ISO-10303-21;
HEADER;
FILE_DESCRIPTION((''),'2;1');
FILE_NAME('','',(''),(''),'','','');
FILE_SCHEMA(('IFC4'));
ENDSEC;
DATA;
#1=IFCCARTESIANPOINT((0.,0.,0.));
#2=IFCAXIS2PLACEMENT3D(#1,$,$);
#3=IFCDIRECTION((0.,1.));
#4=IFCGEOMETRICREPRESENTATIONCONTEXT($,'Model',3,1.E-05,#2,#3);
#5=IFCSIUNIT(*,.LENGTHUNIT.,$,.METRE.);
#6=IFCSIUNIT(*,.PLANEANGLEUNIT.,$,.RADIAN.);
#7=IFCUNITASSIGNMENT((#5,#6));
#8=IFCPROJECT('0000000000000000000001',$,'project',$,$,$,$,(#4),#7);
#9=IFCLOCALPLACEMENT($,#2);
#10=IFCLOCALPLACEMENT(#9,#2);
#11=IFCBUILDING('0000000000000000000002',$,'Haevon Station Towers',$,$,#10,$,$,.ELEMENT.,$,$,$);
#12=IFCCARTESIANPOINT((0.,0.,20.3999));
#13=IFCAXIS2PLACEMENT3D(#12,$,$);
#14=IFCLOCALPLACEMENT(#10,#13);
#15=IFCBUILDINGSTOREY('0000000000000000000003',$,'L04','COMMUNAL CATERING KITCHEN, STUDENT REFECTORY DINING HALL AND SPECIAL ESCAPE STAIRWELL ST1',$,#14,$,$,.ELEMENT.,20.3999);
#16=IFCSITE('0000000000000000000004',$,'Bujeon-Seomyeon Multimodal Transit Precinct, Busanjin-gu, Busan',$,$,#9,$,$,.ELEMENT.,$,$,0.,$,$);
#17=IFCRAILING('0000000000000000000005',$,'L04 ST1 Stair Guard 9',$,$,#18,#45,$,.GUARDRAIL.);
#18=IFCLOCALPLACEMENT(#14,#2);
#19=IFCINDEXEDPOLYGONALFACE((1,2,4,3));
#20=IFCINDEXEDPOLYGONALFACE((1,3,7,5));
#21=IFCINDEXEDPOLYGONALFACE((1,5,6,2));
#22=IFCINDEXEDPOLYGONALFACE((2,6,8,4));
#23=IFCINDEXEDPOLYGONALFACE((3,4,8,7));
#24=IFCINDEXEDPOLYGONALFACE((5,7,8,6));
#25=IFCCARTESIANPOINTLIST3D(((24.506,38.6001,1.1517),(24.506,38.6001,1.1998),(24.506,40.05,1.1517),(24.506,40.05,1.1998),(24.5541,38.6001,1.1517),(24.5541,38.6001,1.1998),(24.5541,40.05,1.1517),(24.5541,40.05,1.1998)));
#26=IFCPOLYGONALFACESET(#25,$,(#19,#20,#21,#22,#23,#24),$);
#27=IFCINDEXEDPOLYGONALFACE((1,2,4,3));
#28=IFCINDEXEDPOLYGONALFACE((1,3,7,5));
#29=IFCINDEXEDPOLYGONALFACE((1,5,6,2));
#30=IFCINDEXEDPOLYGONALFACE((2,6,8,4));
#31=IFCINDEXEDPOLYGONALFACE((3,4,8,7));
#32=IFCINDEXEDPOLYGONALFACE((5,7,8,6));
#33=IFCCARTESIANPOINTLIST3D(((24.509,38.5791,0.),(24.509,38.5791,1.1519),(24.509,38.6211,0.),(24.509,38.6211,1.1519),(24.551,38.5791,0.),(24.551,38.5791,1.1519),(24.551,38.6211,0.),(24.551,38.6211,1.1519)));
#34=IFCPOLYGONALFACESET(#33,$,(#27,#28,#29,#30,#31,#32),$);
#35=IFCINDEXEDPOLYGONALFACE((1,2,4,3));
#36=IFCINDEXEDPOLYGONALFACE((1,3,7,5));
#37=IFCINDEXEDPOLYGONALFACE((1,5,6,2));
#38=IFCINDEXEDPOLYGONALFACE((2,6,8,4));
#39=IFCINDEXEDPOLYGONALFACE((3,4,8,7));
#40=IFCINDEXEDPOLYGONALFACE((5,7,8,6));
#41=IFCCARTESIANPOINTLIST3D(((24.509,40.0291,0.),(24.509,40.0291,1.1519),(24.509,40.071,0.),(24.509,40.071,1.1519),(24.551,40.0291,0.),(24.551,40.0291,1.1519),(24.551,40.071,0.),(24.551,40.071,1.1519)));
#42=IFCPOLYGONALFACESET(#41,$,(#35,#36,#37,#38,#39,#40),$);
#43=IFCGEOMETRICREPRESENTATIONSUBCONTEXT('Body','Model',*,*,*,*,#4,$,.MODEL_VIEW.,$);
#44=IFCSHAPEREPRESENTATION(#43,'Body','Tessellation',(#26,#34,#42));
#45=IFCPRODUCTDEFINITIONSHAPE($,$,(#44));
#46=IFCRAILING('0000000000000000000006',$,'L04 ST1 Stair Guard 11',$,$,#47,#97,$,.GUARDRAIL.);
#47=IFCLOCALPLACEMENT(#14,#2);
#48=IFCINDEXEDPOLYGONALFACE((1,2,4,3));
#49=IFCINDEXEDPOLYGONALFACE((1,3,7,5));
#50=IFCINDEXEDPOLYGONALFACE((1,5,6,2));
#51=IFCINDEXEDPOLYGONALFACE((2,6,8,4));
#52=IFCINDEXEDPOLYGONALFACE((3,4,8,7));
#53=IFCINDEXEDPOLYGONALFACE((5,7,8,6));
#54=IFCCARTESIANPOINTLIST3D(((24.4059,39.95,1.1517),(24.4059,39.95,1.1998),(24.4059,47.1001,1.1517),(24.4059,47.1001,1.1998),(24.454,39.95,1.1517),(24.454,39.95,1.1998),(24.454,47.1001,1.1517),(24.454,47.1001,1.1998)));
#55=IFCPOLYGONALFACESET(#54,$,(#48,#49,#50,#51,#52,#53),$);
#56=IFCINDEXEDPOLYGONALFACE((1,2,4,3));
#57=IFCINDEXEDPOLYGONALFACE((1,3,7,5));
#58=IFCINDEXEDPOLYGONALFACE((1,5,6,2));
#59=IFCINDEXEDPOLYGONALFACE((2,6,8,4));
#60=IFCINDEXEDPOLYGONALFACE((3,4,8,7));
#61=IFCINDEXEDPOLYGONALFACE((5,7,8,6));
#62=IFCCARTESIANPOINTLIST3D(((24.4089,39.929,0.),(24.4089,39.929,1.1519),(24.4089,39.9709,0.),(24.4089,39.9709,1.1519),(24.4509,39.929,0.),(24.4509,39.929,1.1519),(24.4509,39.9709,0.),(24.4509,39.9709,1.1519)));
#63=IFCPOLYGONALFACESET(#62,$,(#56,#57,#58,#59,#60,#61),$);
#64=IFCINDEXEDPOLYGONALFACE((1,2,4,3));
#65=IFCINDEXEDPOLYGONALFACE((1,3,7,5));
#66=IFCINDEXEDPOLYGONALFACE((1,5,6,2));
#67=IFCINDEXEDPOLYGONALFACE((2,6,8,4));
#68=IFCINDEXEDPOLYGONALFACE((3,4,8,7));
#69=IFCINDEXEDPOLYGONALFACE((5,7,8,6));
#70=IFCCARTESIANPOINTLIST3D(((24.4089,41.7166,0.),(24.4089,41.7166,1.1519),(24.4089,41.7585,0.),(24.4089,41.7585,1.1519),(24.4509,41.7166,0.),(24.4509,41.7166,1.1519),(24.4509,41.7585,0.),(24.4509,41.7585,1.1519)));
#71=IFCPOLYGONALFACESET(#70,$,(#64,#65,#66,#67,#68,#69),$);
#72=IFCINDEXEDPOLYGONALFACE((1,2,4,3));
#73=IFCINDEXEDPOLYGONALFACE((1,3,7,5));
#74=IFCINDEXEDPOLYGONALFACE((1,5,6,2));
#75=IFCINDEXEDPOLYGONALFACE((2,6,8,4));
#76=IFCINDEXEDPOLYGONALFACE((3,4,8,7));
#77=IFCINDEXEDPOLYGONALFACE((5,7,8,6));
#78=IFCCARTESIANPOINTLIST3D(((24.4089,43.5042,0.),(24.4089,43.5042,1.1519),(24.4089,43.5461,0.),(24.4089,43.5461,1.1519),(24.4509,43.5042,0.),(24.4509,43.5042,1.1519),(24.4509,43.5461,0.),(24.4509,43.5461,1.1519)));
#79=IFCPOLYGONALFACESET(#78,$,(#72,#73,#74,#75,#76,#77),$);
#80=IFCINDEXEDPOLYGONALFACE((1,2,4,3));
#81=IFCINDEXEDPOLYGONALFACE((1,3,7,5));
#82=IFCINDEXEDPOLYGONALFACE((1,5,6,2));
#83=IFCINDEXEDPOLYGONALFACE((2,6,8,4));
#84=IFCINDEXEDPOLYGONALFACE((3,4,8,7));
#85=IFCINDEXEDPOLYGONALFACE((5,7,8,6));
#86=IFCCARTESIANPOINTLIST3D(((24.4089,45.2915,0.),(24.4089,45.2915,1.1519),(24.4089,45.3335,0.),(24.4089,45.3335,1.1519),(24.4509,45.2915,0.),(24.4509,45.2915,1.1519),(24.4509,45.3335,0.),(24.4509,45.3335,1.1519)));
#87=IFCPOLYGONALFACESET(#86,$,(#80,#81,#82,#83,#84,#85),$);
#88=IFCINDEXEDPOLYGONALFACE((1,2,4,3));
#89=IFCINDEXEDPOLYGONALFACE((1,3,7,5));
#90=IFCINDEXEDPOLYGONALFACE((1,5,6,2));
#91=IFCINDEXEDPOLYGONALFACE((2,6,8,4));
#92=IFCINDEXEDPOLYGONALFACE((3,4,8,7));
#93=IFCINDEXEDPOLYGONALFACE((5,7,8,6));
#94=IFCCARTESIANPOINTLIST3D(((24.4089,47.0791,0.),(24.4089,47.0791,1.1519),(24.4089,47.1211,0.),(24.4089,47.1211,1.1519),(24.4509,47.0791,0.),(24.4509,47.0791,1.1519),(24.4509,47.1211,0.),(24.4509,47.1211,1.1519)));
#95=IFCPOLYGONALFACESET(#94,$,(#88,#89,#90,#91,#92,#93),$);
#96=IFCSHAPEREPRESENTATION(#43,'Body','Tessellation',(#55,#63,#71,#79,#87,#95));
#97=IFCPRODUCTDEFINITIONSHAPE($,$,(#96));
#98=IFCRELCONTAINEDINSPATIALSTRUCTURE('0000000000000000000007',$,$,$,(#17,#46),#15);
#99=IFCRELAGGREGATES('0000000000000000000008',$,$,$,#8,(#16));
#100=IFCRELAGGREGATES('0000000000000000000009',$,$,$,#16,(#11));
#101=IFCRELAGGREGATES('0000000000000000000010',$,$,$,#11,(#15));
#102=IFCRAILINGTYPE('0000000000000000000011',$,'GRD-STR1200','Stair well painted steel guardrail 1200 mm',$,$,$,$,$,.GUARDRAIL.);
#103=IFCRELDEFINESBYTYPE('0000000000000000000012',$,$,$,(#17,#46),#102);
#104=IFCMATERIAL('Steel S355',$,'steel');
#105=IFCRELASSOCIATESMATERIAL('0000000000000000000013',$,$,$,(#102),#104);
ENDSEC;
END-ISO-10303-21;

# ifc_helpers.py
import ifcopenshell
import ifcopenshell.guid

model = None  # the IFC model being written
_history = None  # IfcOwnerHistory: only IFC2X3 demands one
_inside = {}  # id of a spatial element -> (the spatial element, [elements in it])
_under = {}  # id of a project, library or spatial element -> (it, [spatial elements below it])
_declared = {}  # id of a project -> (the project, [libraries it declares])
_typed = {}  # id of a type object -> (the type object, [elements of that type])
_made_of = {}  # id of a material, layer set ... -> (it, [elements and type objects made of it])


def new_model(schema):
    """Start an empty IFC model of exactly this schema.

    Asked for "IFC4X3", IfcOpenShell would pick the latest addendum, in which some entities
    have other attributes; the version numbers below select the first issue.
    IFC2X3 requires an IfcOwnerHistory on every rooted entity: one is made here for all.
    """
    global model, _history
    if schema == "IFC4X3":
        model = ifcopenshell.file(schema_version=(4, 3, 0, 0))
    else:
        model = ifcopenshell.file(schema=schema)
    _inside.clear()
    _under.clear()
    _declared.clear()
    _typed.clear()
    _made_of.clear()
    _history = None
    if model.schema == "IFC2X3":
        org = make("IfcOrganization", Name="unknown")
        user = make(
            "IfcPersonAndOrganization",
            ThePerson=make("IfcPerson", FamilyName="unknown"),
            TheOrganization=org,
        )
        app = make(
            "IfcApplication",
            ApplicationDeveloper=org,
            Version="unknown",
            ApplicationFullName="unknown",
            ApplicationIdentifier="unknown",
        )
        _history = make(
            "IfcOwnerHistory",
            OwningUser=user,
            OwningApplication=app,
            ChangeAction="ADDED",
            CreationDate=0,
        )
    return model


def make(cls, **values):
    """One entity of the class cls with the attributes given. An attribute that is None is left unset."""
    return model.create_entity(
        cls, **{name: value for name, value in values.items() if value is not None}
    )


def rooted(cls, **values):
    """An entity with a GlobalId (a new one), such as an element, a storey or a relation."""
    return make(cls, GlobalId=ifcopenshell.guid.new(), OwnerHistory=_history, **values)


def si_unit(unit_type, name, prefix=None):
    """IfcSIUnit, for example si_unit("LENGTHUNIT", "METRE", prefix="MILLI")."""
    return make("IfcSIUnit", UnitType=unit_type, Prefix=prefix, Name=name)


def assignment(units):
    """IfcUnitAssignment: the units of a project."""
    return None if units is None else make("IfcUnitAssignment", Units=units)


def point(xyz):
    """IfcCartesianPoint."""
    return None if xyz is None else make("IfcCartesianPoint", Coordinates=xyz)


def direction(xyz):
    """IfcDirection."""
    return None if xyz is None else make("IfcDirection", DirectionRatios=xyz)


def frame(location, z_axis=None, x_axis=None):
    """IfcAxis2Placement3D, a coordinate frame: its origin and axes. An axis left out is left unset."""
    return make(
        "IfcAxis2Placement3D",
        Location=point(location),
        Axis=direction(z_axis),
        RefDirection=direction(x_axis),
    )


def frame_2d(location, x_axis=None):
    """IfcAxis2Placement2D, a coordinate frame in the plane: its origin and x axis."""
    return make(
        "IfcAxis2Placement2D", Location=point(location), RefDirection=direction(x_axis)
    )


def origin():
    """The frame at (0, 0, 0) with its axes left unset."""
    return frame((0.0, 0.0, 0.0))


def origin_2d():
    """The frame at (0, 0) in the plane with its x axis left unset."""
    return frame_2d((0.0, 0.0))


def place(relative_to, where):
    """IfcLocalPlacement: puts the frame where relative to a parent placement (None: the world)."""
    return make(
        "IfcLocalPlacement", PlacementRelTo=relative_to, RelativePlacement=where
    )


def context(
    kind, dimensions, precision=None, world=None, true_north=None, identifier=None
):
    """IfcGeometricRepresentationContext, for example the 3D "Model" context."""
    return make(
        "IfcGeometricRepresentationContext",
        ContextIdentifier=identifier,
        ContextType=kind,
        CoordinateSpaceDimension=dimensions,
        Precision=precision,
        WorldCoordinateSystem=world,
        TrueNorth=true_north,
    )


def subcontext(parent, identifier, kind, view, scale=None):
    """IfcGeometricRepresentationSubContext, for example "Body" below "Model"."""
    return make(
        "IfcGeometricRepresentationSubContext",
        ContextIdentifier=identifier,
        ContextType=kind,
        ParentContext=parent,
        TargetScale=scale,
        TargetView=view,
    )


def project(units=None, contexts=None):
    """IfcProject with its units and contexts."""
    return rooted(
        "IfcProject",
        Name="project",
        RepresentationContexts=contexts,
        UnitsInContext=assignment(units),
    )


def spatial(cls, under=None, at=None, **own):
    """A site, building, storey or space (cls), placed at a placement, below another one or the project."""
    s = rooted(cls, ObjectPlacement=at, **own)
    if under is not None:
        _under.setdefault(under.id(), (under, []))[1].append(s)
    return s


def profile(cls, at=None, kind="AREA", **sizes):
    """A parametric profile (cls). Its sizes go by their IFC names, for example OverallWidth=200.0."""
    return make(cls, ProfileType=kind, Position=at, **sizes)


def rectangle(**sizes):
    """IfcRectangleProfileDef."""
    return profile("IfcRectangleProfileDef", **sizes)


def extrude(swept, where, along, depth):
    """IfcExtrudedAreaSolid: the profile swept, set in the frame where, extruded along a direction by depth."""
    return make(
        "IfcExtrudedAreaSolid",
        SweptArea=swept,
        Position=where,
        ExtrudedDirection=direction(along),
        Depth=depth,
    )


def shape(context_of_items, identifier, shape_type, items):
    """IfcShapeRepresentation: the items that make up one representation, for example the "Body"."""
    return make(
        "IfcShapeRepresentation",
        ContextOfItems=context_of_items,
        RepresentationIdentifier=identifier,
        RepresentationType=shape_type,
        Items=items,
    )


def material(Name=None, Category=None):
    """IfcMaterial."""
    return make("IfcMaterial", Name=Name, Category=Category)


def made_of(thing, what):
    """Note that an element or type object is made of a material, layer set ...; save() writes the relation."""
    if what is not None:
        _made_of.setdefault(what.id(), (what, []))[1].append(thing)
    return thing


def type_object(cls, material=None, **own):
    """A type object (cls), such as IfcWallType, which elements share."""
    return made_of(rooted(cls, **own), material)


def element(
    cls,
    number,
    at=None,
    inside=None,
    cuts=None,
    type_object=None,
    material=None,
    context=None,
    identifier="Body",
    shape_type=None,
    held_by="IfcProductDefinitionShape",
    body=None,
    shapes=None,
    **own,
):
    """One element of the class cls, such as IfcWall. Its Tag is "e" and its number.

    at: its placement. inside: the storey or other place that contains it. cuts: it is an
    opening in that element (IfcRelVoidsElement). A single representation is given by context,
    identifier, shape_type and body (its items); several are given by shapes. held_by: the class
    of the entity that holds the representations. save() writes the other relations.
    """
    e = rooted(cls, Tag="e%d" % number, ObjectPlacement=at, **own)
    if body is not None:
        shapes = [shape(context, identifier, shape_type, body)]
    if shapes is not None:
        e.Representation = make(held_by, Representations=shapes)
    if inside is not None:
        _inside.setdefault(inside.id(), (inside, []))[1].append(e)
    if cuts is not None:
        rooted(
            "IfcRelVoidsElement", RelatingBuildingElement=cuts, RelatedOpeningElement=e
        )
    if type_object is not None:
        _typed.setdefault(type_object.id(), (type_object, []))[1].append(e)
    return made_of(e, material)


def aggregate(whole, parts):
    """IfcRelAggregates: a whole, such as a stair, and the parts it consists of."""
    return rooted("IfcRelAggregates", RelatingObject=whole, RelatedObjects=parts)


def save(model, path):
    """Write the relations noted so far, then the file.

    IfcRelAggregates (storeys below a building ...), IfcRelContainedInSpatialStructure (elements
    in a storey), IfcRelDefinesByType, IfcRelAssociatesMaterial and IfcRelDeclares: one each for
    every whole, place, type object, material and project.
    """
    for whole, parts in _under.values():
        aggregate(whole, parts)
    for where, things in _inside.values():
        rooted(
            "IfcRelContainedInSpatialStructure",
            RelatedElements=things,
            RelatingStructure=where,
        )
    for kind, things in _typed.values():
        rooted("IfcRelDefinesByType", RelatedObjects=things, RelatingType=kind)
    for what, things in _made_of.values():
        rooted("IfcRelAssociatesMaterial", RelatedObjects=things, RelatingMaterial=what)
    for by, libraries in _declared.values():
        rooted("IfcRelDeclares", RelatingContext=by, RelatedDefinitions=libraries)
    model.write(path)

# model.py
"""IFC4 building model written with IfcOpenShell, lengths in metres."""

from ifc_helpers import new_model, si_unit, direction, frame, origin, origin_2d, place, context, subcontext, project, spatial, rectangle, extrude, material, type_object, element, save


model = new_model("IFC4")

# Units and contexts
model_context = context("Model", 3, precision=1e-05, world=origin(), true_north=direction((0.0, 1.0)))
body_context = subcontext(model_context, "Body", "Model", "MODEL_VIEW")
ifc_project = project(units=[si_unit("LENGTHUNIT", "METRE"), si_unit("PLANEANGLEUNIT", "RADIAN")], contexts=[model_context])

# Site, building, storey
site_placement = place(None, origin())
site = spatial("IfcSite", under=ifc_project, at=site_placement, Name="Bujeon-Seomyeon Multimodal Transit Precinct, Busanjin-gu, Busan", CompositionType="ELEMENT", RefElevation=0.0)
building_placement = place(site_placement, origin())
building = spatial("IfcBuilding", under=site, at=building_placement, Name="Haevon Station Towers", CompositionType="ELEMENT")
storey_placement = place(building_placement, frame((0.0, 0.0, 20.3999)))
storey = spatial("IfcBuildingStorey", under=building, at=storey_placement, Name="L04", Description="COMMUNAL CATERING KITCHEN, STUDENT REFECTORY DINING HALL AND SPECIAL ESCAPE STAIRWELL ST1", CompositionType="ELEMENT", Elevation=20.3999)

# Shared definitions
ifc_material_1 = material(Name="Steel S355", Category="steel")

# Railings
railing_type = type_object("IfcRailingType", Name="GRD-STR1200", Description="Stair well painted steel guardrail 1200 mm", PredefinedType="GUARDRAIL", material=ifc_material_1)
for number, where, name in (
    (1, (24.53, 38.6001, 0.0), "L04 ST1 Stair Guard 9"),
):
    element("IfcRailing", number, at=place(storey_placement, frame(where)), inside=storey, type_object=railing_type, Name=name, PredefinedType="GUARDRAIL", context=body_context, shape_type="SweptSolid", body=[
        extrude(rectangle(XDim=0.0481, YDim=0.0481, at=origin_2d()), frame((0.0, 0.0, 1.1758), z_axis=(0.0, 1.0, 0.0), x_axis=(-1.0, 0.0, 0.0)), (0.0, 0.0, 1.0), 1.45),
        extrude(rectangle(XDim=0.042, YDim=0.042, at=origin_2d()), origin(), (0.0, 0.0, 1.0), 1.1519),
        extrude(rectangle(XDim=0.042, YDim=0.042, at=origin_2d()), frame((0.0, 1.45, 0.0)), (0.0, 0.0, 1.0), 1.1519),
    ])
railing_placement = place(storey_placement, frame((24.4299, 39.95, 0.0)))
element("IfcRailing", 2, at=railing_placement, inside=storey, type_object=railing_type, Name="L04 ST1 Stair Guard 11", PredefinedType="GUARDRAIL", context=body_context, shape_type="SweptSolid", body=[
    extrude(rectangle(XDim=0.0481, YDim=0.0481, at=origin_2d()), frame((0.0, 0.0, 1.1758), z_axis=(0.0, 1.0, 0.0), x_axis=(-1.0, 0.0, 0.0)), (0.0, 0.0, 1.0), 7.1501),
    extrude(rectangle(XDim=0.042, YDim=0.042, at=origin_2d()), origin(), (0.0, 0.0, 1.0), 1.1519),
    extrude(rectangle(XDim=0.042, YDim=0.042, at=origin_2d()), frame((0.0, 1.7876, 0.0)), (0.0, 0.0, 1.0), 1.1519),
    extrude(rectangle(XDim=0.042, YDim=0.042, at=origin_2d()), frame((0.0, 3.5752, 0.0)), (0.0, 0.0, 1.0), 1.1519),
    extrude(rectangle(XDim=0.042, YDim=0.042, at=origin_2d()), frame((0.0, 5.3625, 0.0)), (0.0, 0.0, 1.0), 1.1519),
    extrude(rectangle(XDim=0.042, YDim=0.042, at=origin_2d()), frame((0.0, 7.1501, 0.0)), (0.0, 0.0, 1.0), 1.1519),
])

save(model, "model.ifc")
